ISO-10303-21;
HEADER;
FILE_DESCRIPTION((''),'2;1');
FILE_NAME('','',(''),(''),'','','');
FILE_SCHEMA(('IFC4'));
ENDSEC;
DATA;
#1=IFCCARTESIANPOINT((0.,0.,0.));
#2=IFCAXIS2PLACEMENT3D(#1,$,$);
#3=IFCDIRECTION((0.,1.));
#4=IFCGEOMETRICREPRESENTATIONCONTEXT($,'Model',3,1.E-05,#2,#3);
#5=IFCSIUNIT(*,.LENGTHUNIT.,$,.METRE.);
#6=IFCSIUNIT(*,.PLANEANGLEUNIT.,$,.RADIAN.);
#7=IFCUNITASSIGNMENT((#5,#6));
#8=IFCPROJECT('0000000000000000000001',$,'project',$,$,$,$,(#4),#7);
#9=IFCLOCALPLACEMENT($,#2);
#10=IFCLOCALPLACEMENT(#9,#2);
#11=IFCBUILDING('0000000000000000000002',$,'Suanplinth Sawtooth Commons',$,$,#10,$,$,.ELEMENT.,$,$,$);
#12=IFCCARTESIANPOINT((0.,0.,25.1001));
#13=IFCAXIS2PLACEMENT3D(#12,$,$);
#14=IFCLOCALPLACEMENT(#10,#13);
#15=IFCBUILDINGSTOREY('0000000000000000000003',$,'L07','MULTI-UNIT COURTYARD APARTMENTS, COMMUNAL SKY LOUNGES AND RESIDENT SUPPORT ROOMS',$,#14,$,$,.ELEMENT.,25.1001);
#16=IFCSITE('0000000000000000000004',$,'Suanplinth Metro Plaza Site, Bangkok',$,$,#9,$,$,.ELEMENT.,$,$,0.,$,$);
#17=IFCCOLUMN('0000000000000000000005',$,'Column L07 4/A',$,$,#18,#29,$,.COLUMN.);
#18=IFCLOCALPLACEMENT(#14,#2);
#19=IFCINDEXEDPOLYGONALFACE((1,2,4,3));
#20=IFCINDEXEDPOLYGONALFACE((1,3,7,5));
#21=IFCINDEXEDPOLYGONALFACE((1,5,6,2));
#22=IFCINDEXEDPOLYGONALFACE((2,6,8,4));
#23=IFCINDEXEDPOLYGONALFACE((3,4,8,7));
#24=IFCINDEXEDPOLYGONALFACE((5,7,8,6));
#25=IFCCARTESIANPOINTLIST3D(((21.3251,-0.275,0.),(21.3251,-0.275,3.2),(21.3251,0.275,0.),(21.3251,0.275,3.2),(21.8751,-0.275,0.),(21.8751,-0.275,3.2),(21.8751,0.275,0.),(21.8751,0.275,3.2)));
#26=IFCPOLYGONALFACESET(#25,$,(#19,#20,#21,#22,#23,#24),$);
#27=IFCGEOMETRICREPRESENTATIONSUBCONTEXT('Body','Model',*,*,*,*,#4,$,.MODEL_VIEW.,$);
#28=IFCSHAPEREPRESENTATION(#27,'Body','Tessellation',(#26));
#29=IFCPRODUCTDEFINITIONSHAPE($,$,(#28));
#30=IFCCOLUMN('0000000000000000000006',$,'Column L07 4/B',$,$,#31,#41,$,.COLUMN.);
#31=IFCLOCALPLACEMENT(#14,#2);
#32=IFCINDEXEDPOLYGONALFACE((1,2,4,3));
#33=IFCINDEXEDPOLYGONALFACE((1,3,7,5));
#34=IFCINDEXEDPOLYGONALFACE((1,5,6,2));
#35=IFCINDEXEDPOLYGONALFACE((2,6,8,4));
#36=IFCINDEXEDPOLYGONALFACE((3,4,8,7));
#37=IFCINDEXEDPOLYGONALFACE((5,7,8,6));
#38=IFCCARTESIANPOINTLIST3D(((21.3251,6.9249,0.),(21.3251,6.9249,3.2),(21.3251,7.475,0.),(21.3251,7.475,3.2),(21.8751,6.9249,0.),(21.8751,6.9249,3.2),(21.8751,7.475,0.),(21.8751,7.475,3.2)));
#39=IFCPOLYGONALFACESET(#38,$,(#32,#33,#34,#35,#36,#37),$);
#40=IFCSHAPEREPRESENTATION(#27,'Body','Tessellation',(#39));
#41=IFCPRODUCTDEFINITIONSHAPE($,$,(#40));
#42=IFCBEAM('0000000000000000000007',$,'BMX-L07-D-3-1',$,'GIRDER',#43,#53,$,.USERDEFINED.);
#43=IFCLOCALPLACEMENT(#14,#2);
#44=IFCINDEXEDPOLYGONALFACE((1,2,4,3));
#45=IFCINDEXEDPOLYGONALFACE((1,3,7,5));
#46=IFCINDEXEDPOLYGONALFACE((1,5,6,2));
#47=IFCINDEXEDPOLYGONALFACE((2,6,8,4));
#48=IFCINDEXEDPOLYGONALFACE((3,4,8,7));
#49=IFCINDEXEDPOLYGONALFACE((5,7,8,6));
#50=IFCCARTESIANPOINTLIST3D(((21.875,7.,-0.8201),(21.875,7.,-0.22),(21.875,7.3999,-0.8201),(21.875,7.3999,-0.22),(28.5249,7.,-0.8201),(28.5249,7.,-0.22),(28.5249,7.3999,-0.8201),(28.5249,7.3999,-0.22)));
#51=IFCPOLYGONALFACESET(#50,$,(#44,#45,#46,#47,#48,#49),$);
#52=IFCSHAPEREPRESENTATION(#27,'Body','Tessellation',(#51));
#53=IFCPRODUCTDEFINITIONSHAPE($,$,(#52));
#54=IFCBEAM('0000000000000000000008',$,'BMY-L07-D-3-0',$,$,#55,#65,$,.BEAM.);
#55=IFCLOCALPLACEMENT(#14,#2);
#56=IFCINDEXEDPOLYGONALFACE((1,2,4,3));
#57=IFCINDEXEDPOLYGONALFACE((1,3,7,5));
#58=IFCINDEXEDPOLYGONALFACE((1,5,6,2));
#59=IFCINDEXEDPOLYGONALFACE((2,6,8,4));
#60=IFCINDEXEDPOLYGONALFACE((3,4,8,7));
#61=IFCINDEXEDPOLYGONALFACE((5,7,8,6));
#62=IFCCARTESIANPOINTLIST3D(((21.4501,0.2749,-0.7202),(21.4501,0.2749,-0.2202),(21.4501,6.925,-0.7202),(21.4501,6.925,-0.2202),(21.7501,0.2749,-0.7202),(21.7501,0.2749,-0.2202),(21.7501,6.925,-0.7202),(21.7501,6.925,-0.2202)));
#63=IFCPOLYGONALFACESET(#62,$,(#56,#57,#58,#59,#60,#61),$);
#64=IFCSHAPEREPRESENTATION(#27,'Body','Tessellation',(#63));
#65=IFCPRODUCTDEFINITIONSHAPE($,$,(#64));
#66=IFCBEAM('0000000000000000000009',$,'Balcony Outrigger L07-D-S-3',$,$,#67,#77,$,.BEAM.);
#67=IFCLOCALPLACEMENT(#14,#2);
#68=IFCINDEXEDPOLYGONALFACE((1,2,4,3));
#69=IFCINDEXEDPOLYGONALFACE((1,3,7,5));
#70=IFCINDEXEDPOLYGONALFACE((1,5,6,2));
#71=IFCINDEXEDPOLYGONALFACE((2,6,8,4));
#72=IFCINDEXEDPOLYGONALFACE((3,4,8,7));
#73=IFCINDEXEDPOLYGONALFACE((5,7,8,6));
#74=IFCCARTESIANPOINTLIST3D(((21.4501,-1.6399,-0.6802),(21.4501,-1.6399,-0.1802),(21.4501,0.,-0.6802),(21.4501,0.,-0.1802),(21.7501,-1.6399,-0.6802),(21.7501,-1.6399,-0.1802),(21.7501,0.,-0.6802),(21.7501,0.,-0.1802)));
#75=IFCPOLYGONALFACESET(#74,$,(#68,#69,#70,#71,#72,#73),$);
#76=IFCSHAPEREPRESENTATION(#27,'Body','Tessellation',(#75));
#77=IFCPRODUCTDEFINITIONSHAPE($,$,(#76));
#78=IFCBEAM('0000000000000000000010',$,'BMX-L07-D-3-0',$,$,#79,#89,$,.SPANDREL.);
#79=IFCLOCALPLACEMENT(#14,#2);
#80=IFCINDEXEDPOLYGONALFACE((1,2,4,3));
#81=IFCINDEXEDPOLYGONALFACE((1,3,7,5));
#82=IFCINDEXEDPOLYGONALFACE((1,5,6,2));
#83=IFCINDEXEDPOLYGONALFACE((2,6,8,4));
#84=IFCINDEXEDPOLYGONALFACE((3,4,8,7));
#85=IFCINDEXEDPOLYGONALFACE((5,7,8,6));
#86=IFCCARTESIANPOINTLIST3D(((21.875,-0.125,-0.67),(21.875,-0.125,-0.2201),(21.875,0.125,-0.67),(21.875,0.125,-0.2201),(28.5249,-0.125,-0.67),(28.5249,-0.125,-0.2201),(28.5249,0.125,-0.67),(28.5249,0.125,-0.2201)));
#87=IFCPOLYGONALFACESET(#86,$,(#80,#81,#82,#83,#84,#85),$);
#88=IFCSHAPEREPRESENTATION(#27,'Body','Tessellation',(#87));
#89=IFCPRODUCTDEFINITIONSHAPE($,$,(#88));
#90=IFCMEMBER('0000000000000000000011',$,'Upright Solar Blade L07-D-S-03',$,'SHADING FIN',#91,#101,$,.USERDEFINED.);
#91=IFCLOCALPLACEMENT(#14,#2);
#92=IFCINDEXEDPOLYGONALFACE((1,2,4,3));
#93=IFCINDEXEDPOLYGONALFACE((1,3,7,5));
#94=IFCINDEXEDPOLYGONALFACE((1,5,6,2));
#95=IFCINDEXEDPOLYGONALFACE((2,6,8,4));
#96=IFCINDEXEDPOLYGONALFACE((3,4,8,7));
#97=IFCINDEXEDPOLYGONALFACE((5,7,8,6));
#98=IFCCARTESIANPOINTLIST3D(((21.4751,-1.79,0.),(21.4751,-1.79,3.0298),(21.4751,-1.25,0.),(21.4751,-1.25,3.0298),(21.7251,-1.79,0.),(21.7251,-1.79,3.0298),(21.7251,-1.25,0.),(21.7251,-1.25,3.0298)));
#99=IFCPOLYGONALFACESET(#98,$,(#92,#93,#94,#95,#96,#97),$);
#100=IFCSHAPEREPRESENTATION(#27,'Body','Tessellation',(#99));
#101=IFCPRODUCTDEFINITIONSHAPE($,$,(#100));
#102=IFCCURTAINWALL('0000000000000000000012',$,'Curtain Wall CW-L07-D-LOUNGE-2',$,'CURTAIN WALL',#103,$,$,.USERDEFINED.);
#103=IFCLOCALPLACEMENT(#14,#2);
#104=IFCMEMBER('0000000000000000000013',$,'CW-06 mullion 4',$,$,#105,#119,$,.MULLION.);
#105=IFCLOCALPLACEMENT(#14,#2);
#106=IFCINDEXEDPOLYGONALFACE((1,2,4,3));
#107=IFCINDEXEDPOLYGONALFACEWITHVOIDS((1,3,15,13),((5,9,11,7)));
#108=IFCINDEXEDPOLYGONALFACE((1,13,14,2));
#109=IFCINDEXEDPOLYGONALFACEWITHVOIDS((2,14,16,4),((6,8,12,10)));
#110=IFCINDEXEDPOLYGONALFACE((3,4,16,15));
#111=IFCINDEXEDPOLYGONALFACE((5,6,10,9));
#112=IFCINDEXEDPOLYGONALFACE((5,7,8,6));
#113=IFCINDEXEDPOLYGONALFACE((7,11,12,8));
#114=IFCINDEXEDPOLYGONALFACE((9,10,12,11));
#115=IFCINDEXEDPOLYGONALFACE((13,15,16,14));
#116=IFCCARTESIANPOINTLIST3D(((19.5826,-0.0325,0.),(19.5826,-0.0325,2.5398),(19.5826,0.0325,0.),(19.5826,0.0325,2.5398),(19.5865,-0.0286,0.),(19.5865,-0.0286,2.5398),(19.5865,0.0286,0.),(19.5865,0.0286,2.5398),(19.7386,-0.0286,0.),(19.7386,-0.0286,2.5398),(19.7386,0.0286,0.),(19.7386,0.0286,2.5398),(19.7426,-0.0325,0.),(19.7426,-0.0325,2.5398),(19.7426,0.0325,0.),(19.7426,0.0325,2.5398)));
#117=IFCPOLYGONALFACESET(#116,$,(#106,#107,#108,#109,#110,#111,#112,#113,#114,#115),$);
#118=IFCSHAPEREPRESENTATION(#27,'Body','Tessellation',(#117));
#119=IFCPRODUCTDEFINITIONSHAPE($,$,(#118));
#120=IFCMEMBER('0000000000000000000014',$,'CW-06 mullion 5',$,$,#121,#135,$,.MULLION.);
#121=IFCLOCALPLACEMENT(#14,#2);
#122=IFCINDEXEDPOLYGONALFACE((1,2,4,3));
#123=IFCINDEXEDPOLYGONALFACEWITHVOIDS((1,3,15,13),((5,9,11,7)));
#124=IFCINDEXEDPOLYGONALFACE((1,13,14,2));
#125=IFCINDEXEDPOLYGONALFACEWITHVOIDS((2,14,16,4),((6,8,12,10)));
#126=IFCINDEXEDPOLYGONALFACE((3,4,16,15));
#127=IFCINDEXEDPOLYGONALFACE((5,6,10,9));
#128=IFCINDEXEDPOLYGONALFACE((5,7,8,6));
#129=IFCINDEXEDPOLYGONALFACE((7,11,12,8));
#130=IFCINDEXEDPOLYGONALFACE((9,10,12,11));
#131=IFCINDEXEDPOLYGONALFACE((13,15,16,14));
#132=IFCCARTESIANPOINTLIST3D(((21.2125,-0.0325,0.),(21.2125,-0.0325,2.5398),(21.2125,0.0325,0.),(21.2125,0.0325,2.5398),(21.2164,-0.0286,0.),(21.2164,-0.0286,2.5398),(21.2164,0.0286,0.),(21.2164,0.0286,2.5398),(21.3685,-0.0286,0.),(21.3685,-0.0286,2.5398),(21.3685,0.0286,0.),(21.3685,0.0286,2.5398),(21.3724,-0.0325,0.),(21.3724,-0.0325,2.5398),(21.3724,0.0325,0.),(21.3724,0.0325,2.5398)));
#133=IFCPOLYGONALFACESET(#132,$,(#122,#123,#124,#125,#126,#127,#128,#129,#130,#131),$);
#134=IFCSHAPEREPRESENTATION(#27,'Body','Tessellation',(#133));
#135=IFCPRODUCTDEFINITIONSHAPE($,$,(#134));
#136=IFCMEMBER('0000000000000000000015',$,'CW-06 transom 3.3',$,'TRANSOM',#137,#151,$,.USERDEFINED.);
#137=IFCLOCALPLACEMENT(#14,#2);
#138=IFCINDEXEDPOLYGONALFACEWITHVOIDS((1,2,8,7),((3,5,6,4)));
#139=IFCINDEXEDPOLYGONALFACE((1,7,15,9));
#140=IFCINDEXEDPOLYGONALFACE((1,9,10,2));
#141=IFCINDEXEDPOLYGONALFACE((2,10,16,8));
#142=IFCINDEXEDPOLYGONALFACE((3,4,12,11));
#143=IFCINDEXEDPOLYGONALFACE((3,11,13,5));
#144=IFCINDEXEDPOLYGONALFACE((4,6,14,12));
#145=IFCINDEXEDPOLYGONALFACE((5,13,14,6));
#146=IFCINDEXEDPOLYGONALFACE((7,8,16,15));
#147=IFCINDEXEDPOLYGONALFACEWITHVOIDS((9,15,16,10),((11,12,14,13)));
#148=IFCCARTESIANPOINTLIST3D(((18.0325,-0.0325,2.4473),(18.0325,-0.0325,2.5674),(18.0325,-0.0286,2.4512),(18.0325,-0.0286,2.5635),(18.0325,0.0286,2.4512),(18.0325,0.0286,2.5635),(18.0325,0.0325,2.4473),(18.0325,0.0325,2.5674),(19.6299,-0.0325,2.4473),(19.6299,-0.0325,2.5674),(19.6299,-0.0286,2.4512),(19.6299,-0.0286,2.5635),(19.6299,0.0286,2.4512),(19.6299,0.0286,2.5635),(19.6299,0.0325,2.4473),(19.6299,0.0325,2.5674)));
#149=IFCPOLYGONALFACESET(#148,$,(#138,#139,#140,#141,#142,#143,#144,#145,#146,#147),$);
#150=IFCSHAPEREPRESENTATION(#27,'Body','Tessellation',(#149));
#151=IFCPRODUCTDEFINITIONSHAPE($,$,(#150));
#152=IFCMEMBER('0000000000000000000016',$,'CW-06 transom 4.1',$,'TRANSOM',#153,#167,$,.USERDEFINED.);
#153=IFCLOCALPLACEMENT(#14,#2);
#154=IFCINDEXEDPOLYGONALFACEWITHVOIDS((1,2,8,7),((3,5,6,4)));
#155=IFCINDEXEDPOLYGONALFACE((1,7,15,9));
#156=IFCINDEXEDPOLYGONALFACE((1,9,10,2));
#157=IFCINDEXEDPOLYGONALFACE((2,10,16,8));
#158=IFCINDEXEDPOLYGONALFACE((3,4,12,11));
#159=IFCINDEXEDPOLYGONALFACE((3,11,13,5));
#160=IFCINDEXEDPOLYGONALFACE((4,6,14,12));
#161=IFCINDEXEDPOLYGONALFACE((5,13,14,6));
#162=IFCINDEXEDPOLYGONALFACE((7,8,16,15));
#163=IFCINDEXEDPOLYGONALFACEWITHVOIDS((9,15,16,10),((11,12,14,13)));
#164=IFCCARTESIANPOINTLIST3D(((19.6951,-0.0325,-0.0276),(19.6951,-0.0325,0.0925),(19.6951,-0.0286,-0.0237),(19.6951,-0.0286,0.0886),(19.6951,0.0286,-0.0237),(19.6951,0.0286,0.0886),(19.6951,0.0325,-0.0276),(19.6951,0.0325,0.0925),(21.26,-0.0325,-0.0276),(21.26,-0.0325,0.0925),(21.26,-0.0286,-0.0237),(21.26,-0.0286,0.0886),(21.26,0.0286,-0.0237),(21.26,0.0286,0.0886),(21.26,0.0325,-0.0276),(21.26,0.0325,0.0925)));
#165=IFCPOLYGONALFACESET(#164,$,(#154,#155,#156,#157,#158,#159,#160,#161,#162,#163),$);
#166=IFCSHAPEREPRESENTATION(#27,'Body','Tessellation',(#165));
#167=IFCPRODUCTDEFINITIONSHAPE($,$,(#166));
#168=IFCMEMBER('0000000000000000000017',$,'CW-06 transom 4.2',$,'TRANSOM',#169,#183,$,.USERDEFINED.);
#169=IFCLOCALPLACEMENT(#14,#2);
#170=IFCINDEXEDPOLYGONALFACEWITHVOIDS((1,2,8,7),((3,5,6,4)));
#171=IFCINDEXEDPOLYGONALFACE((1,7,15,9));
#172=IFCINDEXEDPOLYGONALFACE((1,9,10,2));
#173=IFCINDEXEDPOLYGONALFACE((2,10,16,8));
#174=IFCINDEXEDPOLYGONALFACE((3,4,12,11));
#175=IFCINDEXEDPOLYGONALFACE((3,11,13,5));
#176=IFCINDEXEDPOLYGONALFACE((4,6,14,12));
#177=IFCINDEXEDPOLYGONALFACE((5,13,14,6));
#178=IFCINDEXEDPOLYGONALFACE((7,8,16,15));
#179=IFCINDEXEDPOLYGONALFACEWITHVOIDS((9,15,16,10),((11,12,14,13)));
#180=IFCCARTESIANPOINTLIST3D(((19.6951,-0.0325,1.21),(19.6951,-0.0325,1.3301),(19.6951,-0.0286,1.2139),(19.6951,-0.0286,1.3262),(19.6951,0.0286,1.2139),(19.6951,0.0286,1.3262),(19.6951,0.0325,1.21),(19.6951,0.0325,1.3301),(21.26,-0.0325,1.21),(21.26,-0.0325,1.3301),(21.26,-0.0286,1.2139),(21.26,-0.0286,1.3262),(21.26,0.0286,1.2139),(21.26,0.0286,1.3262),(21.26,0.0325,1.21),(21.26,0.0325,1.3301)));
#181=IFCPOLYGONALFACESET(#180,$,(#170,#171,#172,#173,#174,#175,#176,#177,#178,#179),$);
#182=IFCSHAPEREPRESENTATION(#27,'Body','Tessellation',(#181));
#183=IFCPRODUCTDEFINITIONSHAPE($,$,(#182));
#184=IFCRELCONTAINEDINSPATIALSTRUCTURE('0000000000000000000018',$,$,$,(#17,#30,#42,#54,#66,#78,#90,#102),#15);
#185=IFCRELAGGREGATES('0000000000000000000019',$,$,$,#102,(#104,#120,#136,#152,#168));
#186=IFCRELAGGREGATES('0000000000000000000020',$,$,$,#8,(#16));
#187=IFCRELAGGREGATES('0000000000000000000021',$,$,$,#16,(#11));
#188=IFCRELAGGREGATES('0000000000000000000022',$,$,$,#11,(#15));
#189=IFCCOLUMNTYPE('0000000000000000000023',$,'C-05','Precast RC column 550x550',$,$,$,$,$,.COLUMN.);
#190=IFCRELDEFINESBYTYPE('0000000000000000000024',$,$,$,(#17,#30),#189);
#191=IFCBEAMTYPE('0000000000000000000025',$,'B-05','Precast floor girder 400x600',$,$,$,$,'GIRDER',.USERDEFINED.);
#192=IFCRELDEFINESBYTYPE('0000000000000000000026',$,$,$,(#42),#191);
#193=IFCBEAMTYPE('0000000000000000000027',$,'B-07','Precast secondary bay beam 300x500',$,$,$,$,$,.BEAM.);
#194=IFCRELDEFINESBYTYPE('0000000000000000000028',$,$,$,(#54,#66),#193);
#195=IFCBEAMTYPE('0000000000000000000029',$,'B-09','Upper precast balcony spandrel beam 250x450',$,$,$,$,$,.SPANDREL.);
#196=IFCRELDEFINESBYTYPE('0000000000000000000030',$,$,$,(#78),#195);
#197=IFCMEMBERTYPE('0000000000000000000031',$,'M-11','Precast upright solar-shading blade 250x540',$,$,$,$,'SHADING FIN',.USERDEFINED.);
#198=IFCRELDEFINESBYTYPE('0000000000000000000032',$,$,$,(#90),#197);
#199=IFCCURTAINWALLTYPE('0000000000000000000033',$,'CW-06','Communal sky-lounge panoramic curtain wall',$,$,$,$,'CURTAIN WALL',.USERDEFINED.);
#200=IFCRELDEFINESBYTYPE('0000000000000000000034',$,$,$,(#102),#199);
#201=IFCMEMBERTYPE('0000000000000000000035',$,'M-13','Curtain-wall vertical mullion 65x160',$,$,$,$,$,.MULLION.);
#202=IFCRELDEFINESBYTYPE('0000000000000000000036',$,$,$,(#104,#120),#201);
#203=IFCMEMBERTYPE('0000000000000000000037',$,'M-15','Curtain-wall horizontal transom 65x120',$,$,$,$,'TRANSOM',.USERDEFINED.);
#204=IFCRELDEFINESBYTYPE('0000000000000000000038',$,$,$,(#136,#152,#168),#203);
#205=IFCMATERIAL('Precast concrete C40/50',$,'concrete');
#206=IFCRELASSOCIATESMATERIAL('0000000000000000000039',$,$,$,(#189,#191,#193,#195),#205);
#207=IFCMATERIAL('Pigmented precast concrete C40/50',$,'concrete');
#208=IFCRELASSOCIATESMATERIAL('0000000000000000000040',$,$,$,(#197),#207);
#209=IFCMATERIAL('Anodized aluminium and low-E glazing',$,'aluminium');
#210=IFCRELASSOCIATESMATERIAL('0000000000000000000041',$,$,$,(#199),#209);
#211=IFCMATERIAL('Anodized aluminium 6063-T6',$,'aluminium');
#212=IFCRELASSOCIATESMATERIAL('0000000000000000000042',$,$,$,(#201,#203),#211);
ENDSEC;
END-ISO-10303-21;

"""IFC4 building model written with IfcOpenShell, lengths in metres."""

from ifc_helpers import new_model, si_unit, direction, frame, origin, origin_2d, place, context, subcontext, project, spatial, rectangle, hollow_rectangle, extrude, material, material_profile, profile_set, type_object, element, aggregate, save


model = new_model("IFC4")

# Units and contexts
model_context = context("Model", 3, precision=1e-05, world=origin(), true_north=direction((0.0, 1.0)))
body_context = subcontext(model_context, "Body", "Model", "MODEL_VIEW")
ifc_project = project(units=[si_unit("LENGTHUNIT", "METRE"), si_unit("PLANEANGLEUNIT", "RADIAN")], contexts=[model_context])

# Site, building, storey
site_placement = place(None, origin())
site = spatial("IfcSite", under=ifc_project, at=site_placement, Name="Suanplinth Metro Plaza Site, Bangkok", CompositionType="ELEMENT", RefElevation=0.0)
building_placement = place(site_placement, origin())
building = spatial("IfcBuilding", under=site, at=building_placement, Name="Suanplinth Sawtooth Commons", CompositionType="ELEMENT")
storey_placement = place(building_placement, frame((0.0, 0.0, 25.1001)))
storey = spatial("IfcBuildingStorey", under=building, at=storey_placement, Name="L07", Description="MULTI-UNIT COURTYARD APARTMENTS, COMMUNAL SKY LOUNGES AND RESIDENT SUPPORT ROOMS", CompositionType="ELEMENT", Elevation=25.1001)

# Columns
ifc_material_1 = material(Name="Precast concrete C40/50", Category="concrete")
ifc_material_profile_1 = material_profile(ifc_material_1, rectangle(XDim=0.55, YDim=0.55, at=origin_2d()), Name="PC-COL 550x550")
ifc_profile_set_1 = profile_set([ifc_material_profile_1], Name="Precast concrete C40/50")
column_type = type_object("IfcColumnType", Name="C-05", Description="Precast RC column 550x550", PredefinedType="COLUMN", material=ifc_profile_set_1)
for number, where, z_axis, x_axis, name in (
    (1, (21.6001, 0.0, 0.0), (0.0, 0.0, 1.0), (1.0, 0.0, 0.0), "Column L07 4/A"),
    (2, (21.6001, 7.2, 0.0), (0.0, 0.0, 1.0), (1.0, 0.0, 0.0), "Column L07 4/B"),
):
    element("IfcColumn", number, at=place(storey_placement, frame(where, z_axis=z_axis, x_axis=x_axis)), inside=storey, type_object=column_type, Name=name, PredefinedType="COLUMN", context=body_context, shape_type="SweptSolid", body=[
        extrude(rectangle(XDim=0.55, YDim=0.55, at=origin_2d()), origin(), (0.0, 0.0, 1.0), 3.2),
    ])

# Beams
ifc_material_profile_2 = material_profile(ifc_material_1, rectangle(XDim=0.3999, YDim=0.6001, at=origin_2d()), Name="PC-GDR 400x600")
ifc_profile_set_2 = profile_set([ifc_material_profile_2], Name="Precast concrete C40/50")
beam_type_1 = type_object("IfcBeamType", Name="B-05", Description="Precast floor girder 400x600", ElementType="GIRDER", PredefinedType="USERDEFINED", material=ifc_profile_set_2)
beam_1_placement = place(storey_placement, frame((21.875, 7.2, -0.52), z_axis=(1.0, 0.0, 0.0), x_axis=(0.0, 1.0, 0.0)))
element("IfcBeam", 3, at=beam_1_placement, inside=storey, type_object=beam_type_1, Name="BMX-L07-D-3-1", ObjectType="GIRDER", PredefinedType="USERDEFINED", context=body_context, shape_type="SweptSolid", body=[
    extrude(rectangle(XDim=0.3999, YDim=0.6001, at=origin_2d()), origin(), (0.0, 0.0, 1.0), 6.6499),
])
ifc_material_profile_3 = material_profile(ifc_material_1, rectangle(XDim=0.3, YDim=0.5, at=origin_2d()), Name="PC-BM 300x500")
ifc_profile_set_3 = profile_set([ifc_material_profile_3], Name="Precast concrete C40/50")
beam_type_2 = type_object("IfcBeamType", Name="B-07", Description="Precast secondary bay beam 300x500", PredefinedType="BEAM", material=ifc_profile_set_3)
beam_2_placement = place(storey_placement, frame((21.6001, 0.2749, -0.4702), z_axis=(0.0, 1.0, 0.0), x_axis=(-1.0, 0.0, 0.0)))
element("IfcBeam", 4, at=beam_2_placement, inside=storey, type_object=beam_type_2, Name="BMY-L07-D-3-0", PredefinedType="BEAM", context=body_context, shape_type="SweptSolid", body=[
    extrude(rectangle(XDim=0.3, YDim=0.5, at=origin_2d()), origin(), (0.0, 0.0, 1.0), 6.6501),
])
beam_3_placement = place(storey_placement, frame((21.6001, 0.0, -0.4302), z_axis=(0.0, -1.0, 0.0), x_axis=(1.0, 0.0, 0.0)))
element("IfcBeam", 5, at=beam_3_placement, inside=storey, type_object=beam_type_2, Name="Balcony Outrigger L07-D-S-3", PredefinedType="BEAM", context=body_context, shape_type="SweptSolid", body=[
    extrude(rectangle(XDim=0.3, YDim=0.5, at=origin_2d()), origin(), (0.0, 0.0, 1.0), 1.6399),
])
ifc_material_profile_4 = material_profile(ifc_material_1, rectangle(XDim=0.25, YDim=0.45, at=origin_2d()), Name="PC-SP 250x450")
ifc_profile_set_4 = profile_set([ifc_material_profile_4], Name="Precast concrete C40/50")
beam_type_3 = type_object("IfcBeamType", Name="B-09", Description="Upper precast balcony spandrel beam 250x450", PredefinedType="SPANDREL", material=ifc_profile_set_4)
beam_4_placement = place(storey_placement, frame((21.875, 0.0, -0.4451), z_axis=(1.0, 0.0, 0.0), x_axis=(0.0, 1.0, 0.0)))
element("IfcBeam", 6, at=beam_4_placement, inside=storey, type_object=beam_type_3, Name="BMX-L07-D-3-0", PredefinedType="SPANDREL", context=body_context, shape_type="SweptSolid", body=[
    extrude(rectangle(XDim=0.25, YDim=0.45, at=origin_2d()), origin(), (0.0, 0.0, 1.0), 6.6499),
])

# Member
ifc_material_2 = material(Name="Pigmented precast concrete C40/50", Category="concrete")
ifc_material_profile_5 = material_profile(ifc_material_2, rectangle(XDim=0.25, YDim=0.54, at=origin_2d()), Name="PC-FIN 250x540")
ifc_profile_set_5 = profile_set([ifc_material_profile_5], Name="Pigmented precast concrete C40/50")
member_type_1 = type_object("IfcMemberType", Name="M-11", Description="Precast upright solar-shading blade 250x540", ElementType="SHADING FIN", PredefinedType="USERDEFINED", material=ifc_profile_set_5)
member_1_placement = place(storey_placement, frame((21.6001, -1.52, 0.0), z_axis=(0.0, 0.0, 1.0), x_axis=(1.0, 0.0, 0.0)))
element("IfcMember", 7, at=member_1_placement, inside=storey, type_object=member_type_1, Name="Upright Solar Blade L07-D-S-03", ObjectType="SHADING FIN", PredefinedType="USERDEFINED", context=body_context, shape_type="SweptSolid", body=[
    extrude(rectangle(XDim=0.25, YDim=0.54, at=origin_2d()), origin(), (0.0, 0.0, 1.0), 3.0298),
])

# Curtain wall, members
ifc_material_3 = material(Name="Anodized aluminium and low-E glazing", Category="aluminium")
curtain_wall_type = type_object("IfcCurtainWallType", Name="CW-06", Description="Communal sky-lounge panoramic curtain wall", ElementType="CURTAIN WALL", PredefinedType="USERDEFINED", material=ifc_material_3)
curtain_wall_placement = place(storey_placement, origin())
curtain_wall = element("IfcCurtainWall", 8, at=curtain_wall_placement, inside=storey, type_object=curtain_wall_type, Name="Curtain Wall CW-L07-D-LOUNGE-2", ObjectType="CURTAIN WALL", PredefinedType="USERDEFINED")
ifc_material_4 = material(Name="Anodized aluminium 6063-T6", Category="aluminium")
ifc_material_profile_6 = material_profile(ifc_material_4, hollow_rectangle(XDim=0.0649, YDim=0.1599, WallThickness=0.0039, at=origin_2d()), Name="ALU-MUL 65x160")
ifc_profile_set_6 = profile_set([ifc_material_profile_6], Name="Anodized aluminium 6063-T6")
member_type_2 = type_object("IfcMemberType", Name="M-13", Description="Curtain-wall vertical mullion 65x160", PredefinedType="MULLION", material=ifc_profile_set_6)
member_2_placement = place(storey_placement, frame((19.6626, 0.0, 0.0), z_axis=(0.0, 0.0, 1.0), x_axis=(0.0, 1.0, 0.0)))
member_2 = element("IfcMember", 9, at=member_2_placement, type_object=member_type_2, Name="CW-06 mullion 4", PredefinedType="MULLION", context=body_context, shape_type="SweptSolid", body=[
    extrude(hollow_rectangle(XDim=0.0649, YDim=0.1599, WallThickness=0.0039, at=origin_2d()), origin(), (0.0, 0.0, 1.0), 2.5398),
])
member_3_placement = place(storey_placement, frame((21.2925, 0.0, 0.0), z_axis=(0.0, 0.0, 1.0), x_axis=(0.0, 1.0, 0.0)))
member_3 = element("IfcMember", 10, at=member_3_placement, type_object=member_type_2, Name="CW-06 mullion 5", PredefinedType="MULLION", context=body_context, shape_type="SweptSolid", body=[
    extrude(hollow_rectangle(XDim=0.0649, YDim=0.1599, WallThickness=0.0039, at=origin_2d()), origin(), (0.0, 0.0, 1.0), 2.5398),
])
ifc_material_profile_7 = material_profile(ifc_material_4, hollow_rectangle(XDim=0.0649, YDim=0.1201, WallThickness=0.0039, at=origin_2d()), Name="ALU-TRN 65x120")
ifc_profile_set_7 = profile_set([ifc_material_profile_7], Name="Anodized aluminium 6063-T6")
member_type_3 = type_object("IfcMemberType", Name="M-15", Description="Curtain-wall horizontal transom 65x120", ElementType="TRANSOM", PredefinedType="USERDEFINED", material=ifc_profile_set_7)
member_4_placement = place(storey_placement, frame((18.0325, 0.0, 2.5073), z_axis=(1.0, 0.0, 0.0), x_axis=(0.0, 1.0, 0.0)))
member_4 = element("IfcMember", 11, at=member_4_placement, type_object=member_type_3, Name="CW-06 transom 3.3", ObjectType="TRANSOM", PredefinedType="USERDEFINED", context=body_context, shape_type="SweptSolid", body=[
    extrude(hollow_rectangle(XDim=0.0649, YDim=0.1201, WallThickness=0.0039, at=origin_2d()), origin(), (0.0, 0.0, 1.0), 1.5974),
])
member_5_placement = place(storey_placement, frame((19.6951, 0.0, 0.0325), z_axis=(1.0, 0.0, 0.0), x_axis=(0.0, 1.0, 0.0)))
member_5 = element("IfcMember", 12, at=member_5_placement, type_object=member_type_3, Name="CW-06 transom 4.1", ObjectType="TRANSOM", PredefinedType="USERDEFINED", context=body_context, shape_type="SweptSolid", body=[
    extrude(hollow_rectangle(XDim=0.0649, YDim=0.1201, WallThickness=0.0039, at=origin_2d()), origin(), (0.0, 0.0, 1.0), 1.5649),
])
member_6_placement = place(storey_placement, frame((19.6951, 0.0, 1.27), z_axis=(1.0, 0.0, 0.0), x_axis=(0.0, 1.0, 0.0)))
member_6 = element("IfcMember", 13, at=member_6_placement, type_object=member_type_3, Name="CW-06 transom 4.2", ObjectType="TRANSOM", PredefinedType="USERDEFINED", context=body_context, shape_type="SweptSolid", body=[
    extrude(hollow_rectangle(XDim=0.0649, YDim=0.1201, WallThickness=0.0039, at=origin_2d()), origin(), (0.0, 0.0, 1.0), 1.5649),
])
aggregate(curtain_wall, [member_2, member_3, member_4, member_5, member_6])

save(model, "model.ifc")
